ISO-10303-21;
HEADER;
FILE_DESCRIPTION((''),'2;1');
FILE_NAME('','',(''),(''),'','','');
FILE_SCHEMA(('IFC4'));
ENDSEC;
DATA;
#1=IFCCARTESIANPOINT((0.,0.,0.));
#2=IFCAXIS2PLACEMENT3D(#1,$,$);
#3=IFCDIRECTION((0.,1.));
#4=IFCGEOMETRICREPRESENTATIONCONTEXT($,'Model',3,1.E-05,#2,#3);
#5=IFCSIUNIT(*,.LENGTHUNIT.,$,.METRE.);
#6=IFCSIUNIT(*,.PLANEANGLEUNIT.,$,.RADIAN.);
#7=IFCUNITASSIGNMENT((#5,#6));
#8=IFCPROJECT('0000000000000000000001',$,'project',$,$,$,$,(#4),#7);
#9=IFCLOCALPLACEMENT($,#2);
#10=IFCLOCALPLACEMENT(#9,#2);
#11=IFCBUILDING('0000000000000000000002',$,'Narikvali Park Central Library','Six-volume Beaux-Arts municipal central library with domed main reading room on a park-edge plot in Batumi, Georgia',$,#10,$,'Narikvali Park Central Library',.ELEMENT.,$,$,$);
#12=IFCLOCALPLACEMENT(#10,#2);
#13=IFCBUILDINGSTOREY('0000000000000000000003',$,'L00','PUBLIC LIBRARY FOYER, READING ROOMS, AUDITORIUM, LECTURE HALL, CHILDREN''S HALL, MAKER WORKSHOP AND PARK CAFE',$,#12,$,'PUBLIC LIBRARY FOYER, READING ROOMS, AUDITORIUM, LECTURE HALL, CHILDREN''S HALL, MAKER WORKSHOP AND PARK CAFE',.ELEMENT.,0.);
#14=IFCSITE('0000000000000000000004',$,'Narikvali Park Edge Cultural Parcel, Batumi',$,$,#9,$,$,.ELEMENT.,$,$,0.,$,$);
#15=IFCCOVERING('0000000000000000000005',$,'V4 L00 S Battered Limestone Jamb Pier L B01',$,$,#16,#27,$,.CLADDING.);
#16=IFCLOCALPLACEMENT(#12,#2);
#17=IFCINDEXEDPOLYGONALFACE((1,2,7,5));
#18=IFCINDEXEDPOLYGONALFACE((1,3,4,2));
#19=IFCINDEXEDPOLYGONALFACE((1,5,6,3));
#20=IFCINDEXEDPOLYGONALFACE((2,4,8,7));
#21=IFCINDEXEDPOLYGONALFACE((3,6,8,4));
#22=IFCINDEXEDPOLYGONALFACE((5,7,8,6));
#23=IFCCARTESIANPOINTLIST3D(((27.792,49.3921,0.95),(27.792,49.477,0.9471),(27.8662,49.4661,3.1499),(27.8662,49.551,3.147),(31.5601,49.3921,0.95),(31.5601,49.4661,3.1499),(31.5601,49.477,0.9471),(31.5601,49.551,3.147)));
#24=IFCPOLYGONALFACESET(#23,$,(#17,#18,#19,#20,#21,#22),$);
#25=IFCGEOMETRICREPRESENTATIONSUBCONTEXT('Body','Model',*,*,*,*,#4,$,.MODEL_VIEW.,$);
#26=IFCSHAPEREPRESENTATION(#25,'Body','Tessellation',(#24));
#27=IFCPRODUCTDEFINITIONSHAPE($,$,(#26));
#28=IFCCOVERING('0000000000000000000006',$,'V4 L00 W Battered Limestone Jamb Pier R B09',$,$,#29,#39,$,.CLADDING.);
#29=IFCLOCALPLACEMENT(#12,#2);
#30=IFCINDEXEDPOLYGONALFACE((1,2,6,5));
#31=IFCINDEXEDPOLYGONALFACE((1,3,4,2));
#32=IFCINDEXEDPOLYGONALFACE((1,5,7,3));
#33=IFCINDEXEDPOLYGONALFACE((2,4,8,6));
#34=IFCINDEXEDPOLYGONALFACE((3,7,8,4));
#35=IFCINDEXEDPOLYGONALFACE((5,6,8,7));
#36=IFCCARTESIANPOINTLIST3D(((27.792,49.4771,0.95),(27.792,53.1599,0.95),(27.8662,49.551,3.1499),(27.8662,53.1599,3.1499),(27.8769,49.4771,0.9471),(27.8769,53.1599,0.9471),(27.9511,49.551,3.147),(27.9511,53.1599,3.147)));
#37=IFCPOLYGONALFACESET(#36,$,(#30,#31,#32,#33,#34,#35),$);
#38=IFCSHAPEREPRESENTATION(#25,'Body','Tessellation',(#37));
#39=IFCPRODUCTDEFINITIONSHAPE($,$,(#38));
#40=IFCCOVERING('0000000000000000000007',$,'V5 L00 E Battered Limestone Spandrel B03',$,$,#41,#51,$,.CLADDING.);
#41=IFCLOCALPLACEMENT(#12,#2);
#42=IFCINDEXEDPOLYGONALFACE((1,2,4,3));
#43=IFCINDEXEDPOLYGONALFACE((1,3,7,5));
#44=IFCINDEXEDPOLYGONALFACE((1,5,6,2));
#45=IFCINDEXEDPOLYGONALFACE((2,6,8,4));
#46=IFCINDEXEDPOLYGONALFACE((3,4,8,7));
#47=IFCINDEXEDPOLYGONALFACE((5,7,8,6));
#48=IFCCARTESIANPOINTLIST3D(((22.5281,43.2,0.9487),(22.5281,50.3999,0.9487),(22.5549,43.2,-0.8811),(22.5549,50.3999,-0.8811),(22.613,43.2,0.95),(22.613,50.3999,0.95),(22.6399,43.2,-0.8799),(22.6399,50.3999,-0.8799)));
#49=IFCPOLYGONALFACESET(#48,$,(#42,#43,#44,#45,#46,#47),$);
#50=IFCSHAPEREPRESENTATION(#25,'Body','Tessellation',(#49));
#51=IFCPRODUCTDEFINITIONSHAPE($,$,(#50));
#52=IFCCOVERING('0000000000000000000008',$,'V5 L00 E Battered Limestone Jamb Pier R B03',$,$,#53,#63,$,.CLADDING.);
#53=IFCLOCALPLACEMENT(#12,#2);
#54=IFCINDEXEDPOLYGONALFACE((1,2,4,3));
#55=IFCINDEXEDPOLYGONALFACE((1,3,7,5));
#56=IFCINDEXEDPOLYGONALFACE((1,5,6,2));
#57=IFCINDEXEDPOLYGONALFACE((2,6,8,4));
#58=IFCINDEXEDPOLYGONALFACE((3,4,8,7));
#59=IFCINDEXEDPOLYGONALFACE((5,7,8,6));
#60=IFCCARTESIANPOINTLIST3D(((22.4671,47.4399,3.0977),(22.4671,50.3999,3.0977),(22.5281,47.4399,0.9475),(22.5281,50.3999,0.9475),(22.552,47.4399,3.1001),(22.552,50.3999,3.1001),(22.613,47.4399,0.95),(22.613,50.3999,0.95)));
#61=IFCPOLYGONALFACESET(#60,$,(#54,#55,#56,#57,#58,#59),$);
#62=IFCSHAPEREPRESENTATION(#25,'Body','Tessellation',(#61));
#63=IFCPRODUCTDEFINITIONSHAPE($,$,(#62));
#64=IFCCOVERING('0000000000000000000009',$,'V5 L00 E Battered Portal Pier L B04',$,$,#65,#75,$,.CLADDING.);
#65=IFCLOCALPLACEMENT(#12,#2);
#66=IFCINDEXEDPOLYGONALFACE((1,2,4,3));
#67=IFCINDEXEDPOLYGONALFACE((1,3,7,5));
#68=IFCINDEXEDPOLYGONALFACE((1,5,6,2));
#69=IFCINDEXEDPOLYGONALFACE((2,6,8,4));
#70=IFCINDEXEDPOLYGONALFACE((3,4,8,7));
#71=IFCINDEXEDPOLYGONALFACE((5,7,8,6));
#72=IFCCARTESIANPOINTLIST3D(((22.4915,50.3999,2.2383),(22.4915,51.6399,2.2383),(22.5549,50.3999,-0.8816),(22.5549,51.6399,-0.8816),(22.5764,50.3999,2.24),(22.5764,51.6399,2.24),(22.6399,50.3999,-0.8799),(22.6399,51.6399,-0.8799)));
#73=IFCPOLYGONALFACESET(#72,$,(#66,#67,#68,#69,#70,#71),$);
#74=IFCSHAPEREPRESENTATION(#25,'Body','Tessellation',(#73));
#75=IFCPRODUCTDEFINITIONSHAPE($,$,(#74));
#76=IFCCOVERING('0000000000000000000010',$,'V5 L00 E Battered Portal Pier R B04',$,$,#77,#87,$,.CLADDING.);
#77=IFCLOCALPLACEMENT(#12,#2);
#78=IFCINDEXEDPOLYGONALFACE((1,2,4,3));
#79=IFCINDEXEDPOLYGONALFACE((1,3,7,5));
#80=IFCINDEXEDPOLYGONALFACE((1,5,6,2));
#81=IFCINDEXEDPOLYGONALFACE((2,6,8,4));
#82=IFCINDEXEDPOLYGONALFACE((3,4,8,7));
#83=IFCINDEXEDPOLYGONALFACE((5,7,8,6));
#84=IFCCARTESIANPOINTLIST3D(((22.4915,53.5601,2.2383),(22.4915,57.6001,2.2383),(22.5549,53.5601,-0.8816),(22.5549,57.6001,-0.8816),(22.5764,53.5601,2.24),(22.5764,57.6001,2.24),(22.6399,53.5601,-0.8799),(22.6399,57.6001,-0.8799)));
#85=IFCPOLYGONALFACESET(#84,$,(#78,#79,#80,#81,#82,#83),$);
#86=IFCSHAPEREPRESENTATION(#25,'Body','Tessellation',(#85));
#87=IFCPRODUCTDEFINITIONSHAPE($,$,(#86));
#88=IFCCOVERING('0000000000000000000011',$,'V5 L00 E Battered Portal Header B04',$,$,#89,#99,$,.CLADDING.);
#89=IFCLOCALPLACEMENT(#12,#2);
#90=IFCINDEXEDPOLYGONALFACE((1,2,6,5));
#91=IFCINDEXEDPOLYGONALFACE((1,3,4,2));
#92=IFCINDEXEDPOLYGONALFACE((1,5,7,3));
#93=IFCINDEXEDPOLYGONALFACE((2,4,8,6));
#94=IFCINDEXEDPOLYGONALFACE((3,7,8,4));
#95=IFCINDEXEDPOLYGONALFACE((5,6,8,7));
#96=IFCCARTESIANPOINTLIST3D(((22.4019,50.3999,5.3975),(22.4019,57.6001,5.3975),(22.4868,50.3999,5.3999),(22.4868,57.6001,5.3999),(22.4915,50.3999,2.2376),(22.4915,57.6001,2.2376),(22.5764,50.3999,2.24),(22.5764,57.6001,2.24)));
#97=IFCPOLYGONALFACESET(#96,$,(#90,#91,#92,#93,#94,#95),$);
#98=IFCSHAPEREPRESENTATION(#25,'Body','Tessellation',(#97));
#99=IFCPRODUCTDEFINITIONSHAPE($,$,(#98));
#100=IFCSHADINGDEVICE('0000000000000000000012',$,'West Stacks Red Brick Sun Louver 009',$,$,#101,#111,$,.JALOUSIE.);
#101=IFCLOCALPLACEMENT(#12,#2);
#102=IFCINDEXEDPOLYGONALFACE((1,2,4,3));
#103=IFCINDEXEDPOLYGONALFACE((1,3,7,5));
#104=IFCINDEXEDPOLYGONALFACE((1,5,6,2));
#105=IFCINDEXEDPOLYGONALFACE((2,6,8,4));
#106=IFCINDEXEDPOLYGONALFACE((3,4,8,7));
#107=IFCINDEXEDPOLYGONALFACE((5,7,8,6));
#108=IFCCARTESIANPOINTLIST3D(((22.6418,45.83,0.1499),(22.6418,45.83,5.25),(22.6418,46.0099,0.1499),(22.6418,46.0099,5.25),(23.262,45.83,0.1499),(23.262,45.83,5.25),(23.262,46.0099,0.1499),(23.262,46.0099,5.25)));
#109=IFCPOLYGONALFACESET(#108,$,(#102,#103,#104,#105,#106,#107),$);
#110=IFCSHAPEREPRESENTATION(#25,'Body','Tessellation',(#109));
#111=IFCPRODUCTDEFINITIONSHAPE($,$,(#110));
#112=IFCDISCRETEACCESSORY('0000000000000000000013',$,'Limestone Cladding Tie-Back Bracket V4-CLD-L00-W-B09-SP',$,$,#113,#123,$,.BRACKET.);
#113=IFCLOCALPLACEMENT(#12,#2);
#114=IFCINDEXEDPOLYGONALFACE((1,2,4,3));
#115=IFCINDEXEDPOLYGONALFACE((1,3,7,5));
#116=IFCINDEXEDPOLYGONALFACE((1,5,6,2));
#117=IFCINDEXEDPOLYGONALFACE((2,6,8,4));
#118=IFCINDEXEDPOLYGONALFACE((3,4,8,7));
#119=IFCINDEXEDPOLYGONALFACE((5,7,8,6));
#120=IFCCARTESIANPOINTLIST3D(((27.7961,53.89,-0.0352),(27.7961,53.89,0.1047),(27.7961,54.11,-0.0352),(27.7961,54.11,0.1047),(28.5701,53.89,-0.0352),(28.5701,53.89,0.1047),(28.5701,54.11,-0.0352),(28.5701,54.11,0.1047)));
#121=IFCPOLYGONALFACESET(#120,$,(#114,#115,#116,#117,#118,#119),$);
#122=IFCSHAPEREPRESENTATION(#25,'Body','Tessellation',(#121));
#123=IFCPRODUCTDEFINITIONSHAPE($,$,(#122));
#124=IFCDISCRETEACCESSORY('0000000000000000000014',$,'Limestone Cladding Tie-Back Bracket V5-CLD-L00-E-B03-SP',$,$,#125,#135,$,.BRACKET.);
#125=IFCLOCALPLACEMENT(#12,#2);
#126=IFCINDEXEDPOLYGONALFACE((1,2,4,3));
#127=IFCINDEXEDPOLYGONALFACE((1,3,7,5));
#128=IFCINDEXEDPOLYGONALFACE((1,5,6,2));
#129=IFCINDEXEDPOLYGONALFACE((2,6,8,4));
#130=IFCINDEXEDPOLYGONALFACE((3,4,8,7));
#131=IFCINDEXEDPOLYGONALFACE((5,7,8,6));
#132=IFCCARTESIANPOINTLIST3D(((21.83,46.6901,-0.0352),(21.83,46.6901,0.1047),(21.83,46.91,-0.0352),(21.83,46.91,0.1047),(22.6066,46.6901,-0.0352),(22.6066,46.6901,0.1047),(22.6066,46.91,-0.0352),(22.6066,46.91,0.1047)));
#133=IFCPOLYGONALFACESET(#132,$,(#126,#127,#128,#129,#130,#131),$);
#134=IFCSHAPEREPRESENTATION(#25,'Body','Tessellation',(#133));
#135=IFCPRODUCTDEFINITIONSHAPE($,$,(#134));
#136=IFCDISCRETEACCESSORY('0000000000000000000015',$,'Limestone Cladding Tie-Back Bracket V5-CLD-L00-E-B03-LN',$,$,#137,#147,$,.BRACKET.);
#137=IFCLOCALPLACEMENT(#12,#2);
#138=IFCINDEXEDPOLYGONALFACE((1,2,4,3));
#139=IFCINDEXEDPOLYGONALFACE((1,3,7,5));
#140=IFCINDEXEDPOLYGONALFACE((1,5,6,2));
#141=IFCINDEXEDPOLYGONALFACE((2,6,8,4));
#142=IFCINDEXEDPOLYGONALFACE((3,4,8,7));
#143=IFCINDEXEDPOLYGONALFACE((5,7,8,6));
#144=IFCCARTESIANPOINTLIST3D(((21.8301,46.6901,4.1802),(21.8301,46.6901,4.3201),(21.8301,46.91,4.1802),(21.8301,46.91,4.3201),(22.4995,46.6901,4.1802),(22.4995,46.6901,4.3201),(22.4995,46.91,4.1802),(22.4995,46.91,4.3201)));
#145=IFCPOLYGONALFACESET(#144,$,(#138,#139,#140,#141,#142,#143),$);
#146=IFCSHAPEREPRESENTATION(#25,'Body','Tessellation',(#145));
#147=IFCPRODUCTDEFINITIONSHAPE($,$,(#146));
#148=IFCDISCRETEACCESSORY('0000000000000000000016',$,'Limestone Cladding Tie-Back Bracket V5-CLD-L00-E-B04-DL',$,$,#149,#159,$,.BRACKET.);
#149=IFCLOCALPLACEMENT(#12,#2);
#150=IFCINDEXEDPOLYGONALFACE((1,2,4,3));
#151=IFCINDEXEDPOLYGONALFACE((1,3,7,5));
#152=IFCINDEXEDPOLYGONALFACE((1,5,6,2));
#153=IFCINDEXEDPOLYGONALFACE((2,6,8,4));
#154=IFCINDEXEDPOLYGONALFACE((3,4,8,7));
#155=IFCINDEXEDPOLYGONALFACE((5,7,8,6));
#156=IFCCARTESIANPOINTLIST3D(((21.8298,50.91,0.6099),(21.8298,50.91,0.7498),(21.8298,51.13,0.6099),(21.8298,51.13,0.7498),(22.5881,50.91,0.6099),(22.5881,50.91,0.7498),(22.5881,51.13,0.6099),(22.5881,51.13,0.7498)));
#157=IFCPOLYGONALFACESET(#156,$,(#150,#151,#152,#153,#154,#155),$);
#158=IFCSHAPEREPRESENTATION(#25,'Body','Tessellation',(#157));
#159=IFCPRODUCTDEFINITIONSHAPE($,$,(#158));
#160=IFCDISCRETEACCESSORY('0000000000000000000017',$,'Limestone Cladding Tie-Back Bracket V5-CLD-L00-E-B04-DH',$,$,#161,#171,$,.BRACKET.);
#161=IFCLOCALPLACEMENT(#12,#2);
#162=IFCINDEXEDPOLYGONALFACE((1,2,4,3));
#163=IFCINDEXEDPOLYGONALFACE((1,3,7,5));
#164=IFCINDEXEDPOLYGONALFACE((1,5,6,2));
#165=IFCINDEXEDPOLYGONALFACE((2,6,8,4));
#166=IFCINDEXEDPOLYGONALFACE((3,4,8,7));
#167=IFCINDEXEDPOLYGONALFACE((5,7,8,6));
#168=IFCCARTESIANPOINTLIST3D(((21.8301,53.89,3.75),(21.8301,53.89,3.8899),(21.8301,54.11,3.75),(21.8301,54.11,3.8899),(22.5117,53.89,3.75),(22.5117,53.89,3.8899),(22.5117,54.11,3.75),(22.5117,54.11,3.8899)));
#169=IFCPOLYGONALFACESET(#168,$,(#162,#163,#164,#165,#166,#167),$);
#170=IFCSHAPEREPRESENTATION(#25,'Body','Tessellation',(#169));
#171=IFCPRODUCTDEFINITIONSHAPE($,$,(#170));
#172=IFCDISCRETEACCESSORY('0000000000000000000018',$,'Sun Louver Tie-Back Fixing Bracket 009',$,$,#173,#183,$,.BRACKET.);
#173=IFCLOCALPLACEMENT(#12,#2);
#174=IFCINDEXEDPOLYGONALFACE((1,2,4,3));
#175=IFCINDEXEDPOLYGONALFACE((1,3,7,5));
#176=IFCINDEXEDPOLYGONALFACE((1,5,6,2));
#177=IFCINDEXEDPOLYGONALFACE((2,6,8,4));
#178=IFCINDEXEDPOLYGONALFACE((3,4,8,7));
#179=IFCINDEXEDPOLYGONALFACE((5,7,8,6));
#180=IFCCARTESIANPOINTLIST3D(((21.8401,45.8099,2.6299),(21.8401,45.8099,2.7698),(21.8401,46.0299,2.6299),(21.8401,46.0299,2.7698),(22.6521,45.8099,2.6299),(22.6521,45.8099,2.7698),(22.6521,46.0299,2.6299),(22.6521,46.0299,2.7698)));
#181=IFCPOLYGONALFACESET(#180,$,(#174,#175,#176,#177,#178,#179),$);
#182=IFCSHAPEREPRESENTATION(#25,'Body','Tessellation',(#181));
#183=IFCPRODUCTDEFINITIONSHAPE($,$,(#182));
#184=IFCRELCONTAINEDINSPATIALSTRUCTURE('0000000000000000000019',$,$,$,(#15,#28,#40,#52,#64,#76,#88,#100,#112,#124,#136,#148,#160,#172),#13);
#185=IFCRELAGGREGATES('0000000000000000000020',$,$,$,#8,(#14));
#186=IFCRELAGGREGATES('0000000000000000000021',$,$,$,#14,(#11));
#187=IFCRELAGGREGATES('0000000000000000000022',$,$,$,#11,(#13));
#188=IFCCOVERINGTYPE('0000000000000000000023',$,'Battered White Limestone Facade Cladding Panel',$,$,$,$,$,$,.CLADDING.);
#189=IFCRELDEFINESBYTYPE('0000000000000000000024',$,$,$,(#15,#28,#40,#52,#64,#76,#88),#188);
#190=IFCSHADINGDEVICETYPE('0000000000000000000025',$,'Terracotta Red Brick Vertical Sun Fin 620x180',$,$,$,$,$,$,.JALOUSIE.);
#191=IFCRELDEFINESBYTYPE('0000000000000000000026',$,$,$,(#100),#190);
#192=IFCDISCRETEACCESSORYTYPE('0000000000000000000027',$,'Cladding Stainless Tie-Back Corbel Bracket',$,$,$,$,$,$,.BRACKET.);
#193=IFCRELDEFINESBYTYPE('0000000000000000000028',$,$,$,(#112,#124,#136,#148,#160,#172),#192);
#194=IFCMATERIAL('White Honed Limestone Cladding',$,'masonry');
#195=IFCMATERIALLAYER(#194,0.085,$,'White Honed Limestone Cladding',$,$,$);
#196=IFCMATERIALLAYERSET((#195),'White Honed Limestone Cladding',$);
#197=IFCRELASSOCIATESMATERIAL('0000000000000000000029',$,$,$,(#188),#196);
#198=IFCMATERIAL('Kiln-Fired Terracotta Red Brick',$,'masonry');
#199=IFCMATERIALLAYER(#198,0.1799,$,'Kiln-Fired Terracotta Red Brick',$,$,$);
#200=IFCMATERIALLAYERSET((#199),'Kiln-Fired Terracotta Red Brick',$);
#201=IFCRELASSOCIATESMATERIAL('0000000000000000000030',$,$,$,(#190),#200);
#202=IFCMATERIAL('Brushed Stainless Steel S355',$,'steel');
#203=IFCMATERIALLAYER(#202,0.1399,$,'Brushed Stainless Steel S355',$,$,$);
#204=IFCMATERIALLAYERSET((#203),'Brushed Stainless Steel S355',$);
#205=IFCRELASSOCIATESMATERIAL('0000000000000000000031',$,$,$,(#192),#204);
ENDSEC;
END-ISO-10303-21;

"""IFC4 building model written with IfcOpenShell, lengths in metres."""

from ifc_helpers import new_model, si_unit, direction, frame, origin, origin_2d, place, context, subcontext, project, spatial, polyline, rectangle, outline, extrude, material, layer, layer_set, type_object, element, save


model = new_model("IFC4")

# Units and contexts
model_context = context("Model", 3, precision=1e-05, world=origin(), true_north=direction((0.0, 1.0)))
body_context = subcontext(model_context, "Body", "Model", "MODEL_VIEW")
ifc_project = project(units=[si_unit("LENGTHUNIT", "METRE"), si_unit("PLANEANGLEUNIT", "RADIAN")], contexts=[model_context])

# Site, building, storey
site_placement = place(None, origin())
site = spatial("IfcSite", under=ifc_project, at=site_placement, Name="Narikvali Park Edge Cultural Parcel, Batumi", CompositionType="ELEMENT", RefElevation=0.0)
building_placement = place(site_placement, origin())
building = spatial("IfcBuilding", under=site, at=building_placement, Name="Narikvali Park Central Library", Description="Six-volume Beaux-Arts municipal central library with domed main reading room on a park-edge plot in Batumi, Georgia", LongName="Narikvali Park Central Library", CompositionType="ELEMENT")
storey_placement = place(building_placement, origin())
storey = spatial("IfcBuildingStorey", under=building, at=storey_placement, Name="L00", Description="PUBLIC LIBRARY FOYER, READING ROOMS, AUDITORIUM, LECTURE HALL, CHILDREN'S HALL, MAKER WORKSHOP AND PARK CAFE", LongName="PUBLIC LIBRARY FOYER, READING ROOMS, AUDITORIUM, LECTURE HALL, CHILDREN'S HALL, MAKER WORKSHOP AND PARK CAFE", CompositionType="ELEMENT", Elevation=0.0)

# Coverings
ifc_material_1 = material(Name="White Honed Limestone Cladding", Category="masonry")
ifc_layer_1 = layer(ifc_material_1, 0.085, Name="White Honed Limestone Cladding")
ifc_layer_set_1 = layer_set([ifc_layer_1], Name="White Honed Limestone Cladding")
covering_type = type_object("IfcCoveringType", Name="Battered White Limestone Facade Cladding Panel", PredefinedType="CLADDING", material=ifc_layer_set_1)
covering_1_placement = place(storey_placement, frame((27.792, 49.3921, 0.95), z_axis=(0.0, -0.999435, 0.033607), x_axis=(1.0, 0.0, 0.0)))
element("IfcCovering", 1, at=covering_1_placement, inside=storey, type_object=covering_type, Name="V4 L00 S Battered Limestone Jamb Pier L B01", PredefinedType="CLADDING", context=body_context, shape_type="SweptSolid", body=[
    extrude(outline(polyline([(0.0, 0.0), (3.7681, 0.0), (3.7681, 2.2012), (0.0742, 2.2012), (0.0, 0.0)])), origin(), (0.0, 0.0, -1.0), 0.085),
])
covering_2_placement = place(storey_placement, frame((27.792, 53.1599, 0.95), z_axis=(-0.999431, 0.0, 0.033717), x_axis=(0.0, -1.0, 0.0)))
element("IfcCovering", 2, at=covering_2_placement, inside=storey, type_object=covering_type, Name="V4 L00 W Battered Limestone Jamb Pier R B09", PredefinedType="CLADDING", context=body_context, shape_type="SweptSolid", body=[
    extrude(outline(polyline([(0.0, 0.0), (3.6829, 0.0), (3.6089, 2.2012), (0.0, 2.2012), (0.0, 0.0)])), origin(), (0.0, 0.0, -1.0), 0.085),
])
covering_3_placement = place(storey_placement, frame((22.6399, 43.2, -0.8799), z_axis=(0.999892, 0.0, 0.014675), x_axis=(0.0, 1.0, 0.0)))
element("IfcCovering", 3, at=covering_3_placement, inside=storey, type_object=covering_type, Name="V5 L00 E Battered Limestone Spandrel B03", PredefinedType="CLADDING", context=body_context, shape_type="SweptSolid", body=[
    extrude(outline(polyline([(0.0, 0.0), (7.2, 0.0), (7.2, 1.83), (0.0, 1.83), (0.0, 0.0)])), origin(), (0.0, 0.0, -1.0), 0.085),
])
covering_4_placement = place(storey_placement, frame((22.613, 47.4399, 0.95), z_axis=(0.999597, 0.0, 0.028375), x_axis=(0.0, 1.0, 0.0)))
element("IfcCovering", 4, at=covering_4_placement, inside=storey, type_object=covering_type, Name="V5 L00 E Battered Limestone Jamb Pier R B03", PredefinedType="CLADDING", context=body_context, shape_type="SweptSolid", body=[
    extrude(outline(polyline([(0.0, 0.0), (2.96, 0.0), (2.96, 2.151), (0.0, 2.151), (0.0, 0.0)])), origin(), (0.0, 0.0, -1.0), 0.085),
])
covering_5_placement = place(storey_placement, frame((22.6399, 50.3999, -0.8799), z_axis=(0.999793, 0.0, 0.020342), x_axis=(0.0, 1.0, 0.0)))
element("IfcCovering", 5, at=covering_5_placement, inside=storey, type_object=covering_type, Name="V5 L00 E Battered Portal Pier L B04", PredefinedType="CLADDING", context=body_context, shape_type="SweptSolid", body=[
    extrude(outline(polyline([(0.0, 0.0), (1.24, 0.0), (1.24, 3.1205), (0.0, 3.1205), (0.0, 0.0)])), origin(), (0.0, 0.0, -1.0), 0.085),
])
covering_6_placement = place(storey_placement, frame((22.6399, 53.5601, -0.8799), z_axis=(0.999793, 0.0, 0.020342), x_axis=(0.0, 1.0, 0.0)))
element("IfcCovering", 6, at=covering_6_placement, inside=storey, type_object=covering_type, Name="V5 L00 E Battered Portal Pier R B04", PredefinedType="CLADDING", context=body_context, shape_type="SweptSolid", body=[
    extrude(outline(polyline([(0.0, 0.0), (4.04, 0.0), (4.04, 3.1205), (0.0, 3.1205), (0.0, 0.0)])), origin(), (0.0, 0.0, -1.0), 0.085),
])
covering_7_placement = place(storey_placement, frame((22.5764, 50.3999, 2.24), z_axis=(0.999598, 0.0, 0.028344), x_axis=(0.0, 1.0, 0.0)))
element("IfcCovering", 7, at=covering_7_placement, inside=storey, type_object=covering_type, Name="V5 L00 E Battered Portal Header B04", PredefinedType="CLADDING", context=body_context, shape_type="SweptSolid", body=[
    extrude(outline(polyline([(0.0, 0.0), (7.2002, 0.0), (7.2002, 3.1612), (0.0, 3.1612), (0.0, 0.0)])), origin(), (0.0, 0.0, -1.0), 0.085),
])

# Shading device
ifc_material_2 = material(Name="Kiln-Fired Terracotta Red Brick", Category="masonry")
ifc_layer_2 = layer(ifc_material_2, 0.1799, Name="Kiln-Fired Terracotta Red Brick")
ifc_layer_set_2 = layer_set([ifc_layer_2], Name="Kiln-Fired Terracotta Red Brick")
shading_device_type = type_object("IfcShadingDeviceType", Name="Terracotta Red Brick Vertical Sun Fin 620x180", PredefinedType="JALOUSIE", material=ifc_layer_set_2)
shading_device_placement = place(storey_placement, frame((22.9519, 45.9199, 0.1499), z_axis=(0.0, 0.0, 1.0), x_axis=(1.0, 0.0, 0.0)))
element("IfcShadingDevice", 8, at=shading_device_placement, inside=storey, type_object=shading_device_type, Name="West Stacks Red Brick Sun Louver 009", PredefinedType="JALOUSIE", context=body_context, shape_type="SweptSolid", body=[
    extrude(rectangle(XDim=0.6201, YDim=0.1799, at=origin_2d()), origin(), (0.0, 0.0, 1.0), 5.1001),
])

# Discrete accessories
ifc_material_3 = material(Name="Brushed Stainless Steel S355", Category="steel")
ifc_layer_3 = layer(ifc_material_3, 0.1399, Name="Brushed Stainless Steel S355")
ifc_layer_set_3 = layer_set([ifc_layer_3], Name="Brushed Stainless Steel S355")
discrete_accessory_type_1 = type_object("IfcDiscreteAccessoryType", Name="Cladding Stainless Tie-Back Corbel Bracket", PredefinedType="BRACKET", material=ifc_layer_set_3)
discrete_accessory_1_placement = place(storey_placement, frame((28.1831, 54.0, -0.0352), z_axis=(0.0, 0.0, 1.0), x_axis=(1.0, 0.0, 0.0)))
element("IfcDiscreteAccessory", 9, at=discrete_accessory_1_placement, inside=storey, type_object=discrete_accessory_type_1, Name="Limestone Cladding Tie-Back Bracket V4-CLD-L00-W-B09-SP", PredefinedType="BRACKET", context=body_context, shape_type="SweptSolid", body=[
    extrude(rectangle(XDim=0.7739, YDim=0.22, at=origin_2d()), origin(), (0.0, 0.0, 1.0), 0.1399),
])
discrete_accessory_2_placement = place(storey_placement, frame((22.2183, 46.8, -0.0352), z_axis=(0.0, 0.0, 1.0), x_axis=(1.0, 0.0, 0.0)))
element("IfcDiscreteAccessory", 10, at=discrete_accessory_2_placement, inside=storey, type_object=discrete_accessory_type_1, Name="Limestone Cladding Tie-Back Bracket V5-CLD-L00-E-B03-SP", PredefinedType="BRACKET", context=body_context, shape_type="SweptSolid", body=[
    extrude(rectangle(XDim=0.7766, YDim=0.22, at=origin_2d()), origin(), (0.0, 0.0, 1.0), 0.1399),
])
discrete_accessory_3_placement = place(storey_placement, frame((22.1648, 46.8, 4.1802), z_axis=(0.0, 0.0, 1.0), x_axis=(1.0, 0.0, 0.0)))
element("IfcDiscreteAccessory", 11, at=discrete_accessory_3_placement, inside=storey, type_object=discrete_accessory_type_1, Name="Limestone Cladding Tie-Back Bracket V5-CLD-L00-E-B03-LN", PredefinedType="BRACKET", context=body_context, shape_type="SweptSolid", body=[
    extrude(rectangle(XDim=0.6694, YDim=0.22, at=origin_2d()), origin(), (0.0, 0.0, 1.0), 0.1399),
])
discrete_accessory_4_placement = place(storey_placement, frame((22.209, 51.02, 0.6099), z_axis=(0.0, 0.0, 1.0), x_axis=(1.0, 0.0, 0.0)))
element("IfcDiscreteAccessory", 12, at=discrete_accessory_4_placement, inside=storey, type_object=discrete_accessory_type_1, Name="Limestone Cladding Tie-Back Bracket V5-CLD-L00-E-B04-DL", PredefinedType="BRACKET", context=body_context, shape_type="SweptSolid", body=[
    extrude(rectangle(XDim=0.7583, YDim=0.22, at=origin_2d()), origin(), (0.0, 0.0, 1.0), 0.1399),
])
discrete_accessory_5_placement = place(storey_placement, frame((22.1709, 54.0, 3.75), z_axis=(0.0, 0.0, 1.0), x_axis=(1.0, 0.0, 0.0)))
element("IfcDiscreteAccessory", 13, at=discrete_accessory_5_placement, inside=storey, type_object=discrete_accessory_type_1, Name="Limestone Cladding Tie-Back Bracket V5-CLD-L00-E-B04-DH", PredefinedType="BRACKET", context=body_context, shape_type="SweptSolid", body=[
    extrude(rectangle(XDim=0.6816, YDim=0.22, at=origin_2d()), origin(), (0.0, 0.0, 1.0), 0.1399),
])
discrete_accessory_6_placement = place(storey_placement, frame((22.2461, 45.9199, 2.6299), z_axis=(0.0, 0.0, 1.0), x_axis=(1.0, 0.0, 0.0)))
element("IfcDiscreteAccessory", 14, at=discrete_accessory_6_placement, inside=storey, type_object=discrete_accessory_type_1, Name="Sun Louver Tie-Back Fixing Bracket 009", PredefinedType="BRACKET", context=body_context, shape_type="SweptSolid", body=[
    extrude(rectangle(XDim=0.812, YDim=0.22, at=origin_2d()), origin(), (0.0, 0.0, 1.0), 0.1399),
])

save(model, "model.ifc")
